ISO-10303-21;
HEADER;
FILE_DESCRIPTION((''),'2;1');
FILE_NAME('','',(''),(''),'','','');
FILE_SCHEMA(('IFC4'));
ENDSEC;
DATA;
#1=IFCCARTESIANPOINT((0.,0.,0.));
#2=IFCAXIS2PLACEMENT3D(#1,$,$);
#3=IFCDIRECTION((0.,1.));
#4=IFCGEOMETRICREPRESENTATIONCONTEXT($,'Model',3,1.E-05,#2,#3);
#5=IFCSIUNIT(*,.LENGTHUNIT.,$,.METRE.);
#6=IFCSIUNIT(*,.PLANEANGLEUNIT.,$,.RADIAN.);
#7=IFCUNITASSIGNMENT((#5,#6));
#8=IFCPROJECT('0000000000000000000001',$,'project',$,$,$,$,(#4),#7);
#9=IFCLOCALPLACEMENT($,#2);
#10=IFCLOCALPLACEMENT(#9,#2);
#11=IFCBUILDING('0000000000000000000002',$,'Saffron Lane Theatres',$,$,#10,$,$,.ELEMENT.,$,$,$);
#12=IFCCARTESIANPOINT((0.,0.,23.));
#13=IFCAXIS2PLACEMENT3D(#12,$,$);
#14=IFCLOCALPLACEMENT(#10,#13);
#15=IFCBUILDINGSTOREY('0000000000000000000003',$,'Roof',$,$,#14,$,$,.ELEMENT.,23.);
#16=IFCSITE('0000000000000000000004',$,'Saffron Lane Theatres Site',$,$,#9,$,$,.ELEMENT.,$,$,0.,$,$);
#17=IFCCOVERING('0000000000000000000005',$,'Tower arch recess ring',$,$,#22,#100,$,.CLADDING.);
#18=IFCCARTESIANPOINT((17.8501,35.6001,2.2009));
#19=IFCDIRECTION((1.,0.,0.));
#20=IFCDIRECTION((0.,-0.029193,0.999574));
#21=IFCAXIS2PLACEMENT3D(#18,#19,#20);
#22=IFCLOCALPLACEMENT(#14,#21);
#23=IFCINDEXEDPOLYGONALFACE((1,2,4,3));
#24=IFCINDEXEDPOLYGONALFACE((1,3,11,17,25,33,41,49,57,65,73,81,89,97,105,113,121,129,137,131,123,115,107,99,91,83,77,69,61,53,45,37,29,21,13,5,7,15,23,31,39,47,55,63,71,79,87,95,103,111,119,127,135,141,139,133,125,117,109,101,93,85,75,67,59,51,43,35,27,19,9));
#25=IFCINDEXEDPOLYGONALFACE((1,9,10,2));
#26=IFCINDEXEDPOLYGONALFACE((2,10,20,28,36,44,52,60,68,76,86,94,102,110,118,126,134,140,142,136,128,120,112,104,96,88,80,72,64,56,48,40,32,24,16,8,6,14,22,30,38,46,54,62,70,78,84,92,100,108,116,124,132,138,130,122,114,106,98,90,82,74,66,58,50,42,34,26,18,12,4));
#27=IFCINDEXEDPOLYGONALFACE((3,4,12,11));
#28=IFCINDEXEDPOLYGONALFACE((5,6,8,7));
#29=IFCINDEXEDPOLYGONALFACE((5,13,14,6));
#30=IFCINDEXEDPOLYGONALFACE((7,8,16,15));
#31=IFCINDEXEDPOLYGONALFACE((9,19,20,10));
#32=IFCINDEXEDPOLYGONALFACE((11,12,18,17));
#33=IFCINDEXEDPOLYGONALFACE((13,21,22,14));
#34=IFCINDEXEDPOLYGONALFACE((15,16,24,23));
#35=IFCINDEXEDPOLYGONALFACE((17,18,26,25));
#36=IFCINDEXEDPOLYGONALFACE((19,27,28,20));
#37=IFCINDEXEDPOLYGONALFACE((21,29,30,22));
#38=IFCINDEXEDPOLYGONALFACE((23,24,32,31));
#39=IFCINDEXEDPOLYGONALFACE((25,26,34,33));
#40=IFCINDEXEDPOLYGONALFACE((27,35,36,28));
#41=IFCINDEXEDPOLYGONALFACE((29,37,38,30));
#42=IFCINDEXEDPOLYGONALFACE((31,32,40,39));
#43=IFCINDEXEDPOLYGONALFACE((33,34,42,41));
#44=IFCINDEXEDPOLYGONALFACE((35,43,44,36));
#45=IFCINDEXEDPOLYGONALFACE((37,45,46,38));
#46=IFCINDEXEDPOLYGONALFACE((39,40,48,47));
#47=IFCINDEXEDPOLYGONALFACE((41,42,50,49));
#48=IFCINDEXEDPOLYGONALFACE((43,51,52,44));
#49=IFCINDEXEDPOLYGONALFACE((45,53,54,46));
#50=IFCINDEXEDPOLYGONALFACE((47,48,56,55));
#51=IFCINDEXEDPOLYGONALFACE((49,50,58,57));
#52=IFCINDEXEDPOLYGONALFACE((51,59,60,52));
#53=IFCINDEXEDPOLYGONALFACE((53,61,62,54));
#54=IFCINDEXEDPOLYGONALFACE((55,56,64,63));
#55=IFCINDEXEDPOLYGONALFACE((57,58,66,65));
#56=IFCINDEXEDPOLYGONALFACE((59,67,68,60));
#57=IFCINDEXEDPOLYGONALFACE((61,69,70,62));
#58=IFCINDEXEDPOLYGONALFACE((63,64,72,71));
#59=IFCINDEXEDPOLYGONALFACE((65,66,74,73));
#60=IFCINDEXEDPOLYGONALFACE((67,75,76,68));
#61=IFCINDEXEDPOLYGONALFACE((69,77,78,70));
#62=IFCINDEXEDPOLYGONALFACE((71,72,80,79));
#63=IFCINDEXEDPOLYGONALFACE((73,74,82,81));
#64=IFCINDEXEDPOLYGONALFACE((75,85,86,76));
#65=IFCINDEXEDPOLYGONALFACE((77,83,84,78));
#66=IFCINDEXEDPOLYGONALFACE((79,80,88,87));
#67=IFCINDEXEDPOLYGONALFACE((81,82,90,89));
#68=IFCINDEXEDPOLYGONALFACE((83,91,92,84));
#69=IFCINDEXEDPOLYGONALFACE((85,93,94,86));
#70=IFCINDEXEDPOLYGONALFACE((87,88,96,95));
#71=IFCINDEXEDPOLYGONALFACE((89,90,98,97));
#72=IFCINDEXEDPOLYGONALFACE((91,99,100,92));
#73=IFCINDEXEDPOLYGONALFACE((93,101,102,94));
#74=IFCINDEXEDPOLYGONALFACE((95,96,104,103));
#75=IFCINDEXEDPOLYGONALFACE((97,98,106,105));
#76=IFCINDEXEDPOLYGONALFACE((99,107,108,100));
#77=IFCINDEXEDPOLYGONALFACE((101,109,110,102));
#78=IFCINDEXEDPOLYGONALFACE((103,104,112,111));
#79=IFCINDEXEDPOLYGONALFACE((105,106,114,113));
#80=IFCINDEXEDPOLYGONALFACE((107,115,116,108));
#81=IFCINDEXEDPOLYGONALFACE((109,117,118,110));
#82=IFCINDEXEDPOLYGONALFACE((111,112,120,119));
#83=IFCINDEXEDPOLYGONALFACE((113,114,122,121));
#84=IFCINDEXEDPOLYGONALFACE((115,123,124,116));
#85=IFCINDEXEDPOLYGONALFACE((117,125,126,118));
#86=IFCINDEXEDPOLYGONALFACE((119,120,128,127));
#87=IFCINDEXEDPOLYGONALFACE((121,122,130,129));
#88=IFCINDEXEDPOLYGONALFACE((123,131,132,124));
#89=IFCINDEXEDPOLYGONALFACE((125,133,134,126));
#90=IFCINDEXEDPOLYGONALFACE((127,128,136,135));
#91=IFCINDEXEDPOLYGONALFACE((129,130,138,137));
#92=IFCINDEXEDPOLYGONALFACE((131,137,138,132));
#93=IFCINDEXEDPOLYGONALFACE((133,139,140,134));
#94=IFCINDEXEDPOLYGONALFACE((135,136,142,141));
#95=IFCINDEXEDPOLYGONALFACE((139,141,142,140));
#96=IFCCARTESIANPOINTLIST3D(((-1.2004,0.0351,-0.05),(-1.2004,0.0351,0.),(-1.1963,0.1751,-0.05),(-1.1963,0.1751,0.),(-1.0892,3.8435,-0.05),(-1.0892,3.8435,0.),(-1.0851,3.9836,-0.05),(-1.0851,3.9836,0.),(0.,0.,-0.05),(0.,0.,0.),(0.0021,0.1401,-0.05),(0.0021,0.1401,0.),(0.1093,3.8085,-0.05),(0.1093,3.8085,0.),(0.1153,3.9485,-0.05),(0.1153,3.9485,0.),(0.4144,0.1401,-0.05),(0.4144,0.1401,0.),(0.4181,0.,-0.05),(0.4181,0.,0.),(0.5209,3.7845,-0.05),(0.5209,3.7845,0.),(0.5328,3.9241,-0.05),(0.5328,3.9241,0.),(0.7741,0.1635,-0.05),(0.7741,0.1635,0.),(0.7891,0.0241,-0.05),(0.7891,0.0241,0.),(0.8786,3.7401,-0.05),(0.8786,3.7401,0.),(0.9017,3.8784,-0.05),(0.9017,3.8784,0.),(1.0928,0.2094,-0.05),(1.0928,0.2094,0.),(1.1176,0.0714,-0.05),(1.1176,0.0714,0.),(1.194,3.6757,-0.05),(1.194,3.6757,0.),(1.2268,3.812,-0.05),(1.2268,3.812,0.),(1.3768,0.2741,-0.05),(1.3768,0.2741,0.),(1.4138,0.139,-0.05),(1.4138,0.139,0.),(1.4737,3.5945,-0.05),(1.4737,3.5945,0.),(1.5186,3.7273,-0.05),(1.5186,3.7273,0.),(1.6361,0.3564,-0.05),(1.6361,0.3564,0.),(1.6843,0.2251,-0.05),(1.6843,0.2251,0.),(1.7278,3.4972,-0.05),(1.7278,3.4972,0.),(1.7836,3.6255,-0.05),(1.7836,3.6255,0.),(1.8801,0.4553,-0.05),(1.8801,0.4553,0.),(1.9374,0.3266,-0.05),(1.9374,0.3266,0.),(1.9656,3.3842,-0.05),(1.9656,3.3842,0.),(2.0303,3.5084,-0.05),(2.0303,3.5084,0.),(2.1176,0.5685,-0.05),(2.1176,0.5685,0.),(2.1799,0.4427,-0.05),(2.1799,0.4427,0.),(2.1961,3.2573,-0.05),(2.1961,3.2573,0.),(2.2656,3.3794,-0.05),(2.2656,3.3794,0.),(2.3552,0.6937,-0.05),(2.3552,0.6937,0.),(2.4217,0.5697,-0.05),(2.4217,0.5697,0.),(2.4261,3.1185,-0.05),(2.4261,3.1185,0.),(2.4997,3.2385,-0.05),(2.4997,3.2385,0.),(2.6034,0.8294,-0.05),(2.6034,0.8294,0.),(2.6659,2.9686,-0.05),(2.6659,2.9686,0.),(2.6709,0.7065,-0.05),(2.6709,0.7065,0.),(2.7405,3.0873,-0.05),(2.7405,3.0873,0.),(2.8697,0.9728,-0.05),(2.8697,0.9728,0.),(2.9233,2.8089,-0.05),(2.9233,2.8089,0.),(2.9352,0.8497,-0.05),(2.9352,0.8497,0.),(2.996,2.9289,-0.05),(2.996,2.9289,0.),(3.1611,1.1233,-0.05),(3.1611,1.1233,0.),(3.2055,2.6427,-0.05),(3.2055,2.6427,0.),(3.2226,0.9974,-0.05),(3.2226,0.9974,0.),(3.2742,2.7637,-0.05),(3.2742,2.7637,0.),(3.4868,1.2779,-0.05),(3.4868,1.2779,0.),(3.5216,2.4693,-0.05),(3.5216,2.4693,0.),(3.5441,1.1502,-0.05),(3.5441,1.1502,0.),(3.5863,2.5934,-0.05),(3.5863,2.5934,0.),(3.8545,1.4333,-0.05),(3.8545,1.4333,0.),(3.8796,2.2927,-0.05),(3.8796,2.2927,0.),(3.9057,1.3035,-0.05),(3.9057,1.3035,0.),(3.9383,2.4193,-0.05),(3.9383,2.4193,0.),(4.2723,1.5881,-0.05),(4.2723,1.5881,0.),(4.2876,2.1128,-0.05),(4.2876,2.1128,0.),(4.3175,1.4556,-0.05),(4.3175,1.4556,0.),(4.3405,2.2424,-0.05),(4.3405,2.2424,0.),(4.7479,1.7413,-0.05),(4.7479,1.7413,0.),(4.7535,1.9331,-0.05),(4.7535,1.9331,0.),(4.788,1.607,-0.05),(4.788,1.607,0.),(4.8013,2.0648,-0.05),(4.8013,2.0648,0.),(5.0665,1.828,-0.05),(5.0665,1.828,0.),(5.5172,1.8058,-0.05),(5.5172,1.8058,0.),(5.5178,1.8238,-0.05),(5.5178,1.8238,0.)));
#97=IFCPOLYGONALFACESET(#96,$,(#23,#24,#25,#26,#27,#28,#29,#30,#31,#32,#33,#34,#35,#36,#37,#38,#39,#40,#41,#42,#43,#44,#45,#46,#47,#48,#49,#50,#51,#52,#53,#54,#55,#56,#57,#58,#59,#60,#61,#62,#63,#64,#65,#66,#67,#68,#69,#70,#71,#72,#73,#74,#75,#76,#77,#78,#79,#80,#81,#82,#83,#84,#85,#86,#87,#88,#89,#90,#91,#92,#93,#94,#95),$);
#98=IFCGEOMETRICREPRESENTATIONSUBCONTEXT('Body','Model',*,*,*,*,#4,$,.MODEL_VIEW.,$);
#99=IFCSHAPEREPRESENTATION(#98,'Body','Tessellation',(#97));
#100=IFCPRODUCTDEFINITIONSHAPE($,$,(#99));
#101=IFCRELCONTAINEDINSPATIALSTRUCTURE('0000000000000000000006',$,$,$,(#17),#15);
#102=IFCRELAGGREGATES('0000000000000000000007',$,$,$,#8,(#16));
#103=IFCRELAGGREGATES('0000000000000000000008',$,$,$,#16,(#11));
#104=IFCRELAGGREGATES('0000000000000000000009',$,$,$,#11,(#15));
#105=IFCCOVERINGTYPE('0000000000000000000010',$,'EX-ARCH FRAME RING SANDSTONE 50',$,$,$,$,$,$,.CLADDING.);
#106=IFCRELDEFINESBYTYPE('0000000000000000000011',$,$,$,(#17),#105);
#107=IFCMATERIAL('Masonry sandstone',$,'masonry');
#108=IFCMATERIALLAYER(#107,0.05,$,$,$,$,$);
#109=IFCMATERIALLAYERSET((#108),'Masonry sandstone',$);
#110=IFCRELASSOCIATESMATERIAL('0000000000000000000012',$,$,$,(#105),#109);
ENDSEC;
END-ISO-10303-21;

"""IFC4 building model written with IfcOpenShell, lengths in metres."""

from ifc_helpers import new_model, si_unit, direction, frame, origin, place, context, subcontext, project, spatial, polyline, outline, extrude, material, layer, layer_set, type_object, element, save


model = new_model("IFC4")

# Units and contexts
model_context = context("Model", 3, precision=1e-05, world=origin(), true_north=direction((0.0, 1.0)))
body_context = subcontext(model_context, "Body", "Model", "MODEL_VIEW")
ifc_project = project(units=[si_unit("LENGTHUNIT", "METRE"), si_unit("PLANEANGLEUNIT", "RADIAN")], contexts=[model_context])

# Site, building, storey
site_placement = place(None, origin())
site = spatial("IfcSite", under=ifc_project, at=site_placement, Name="Saffron Lane Theatres Site", CompositionType="ELEMENT", RefElevation=0.0)
building_placement = place(site_placement, origin())
building = spatial("IfcBuilding", under=site, at=building_placement, Name="Saffron Lane Theatres", CompositionType="ELEMENT")
storey_placement = place(building_placement, frame((0.0, 0.0, 23.0)))
storey = spatial("IfcBuildingStorey", under=building, at=storey_placement, Name="Roof", CompositionType="ELEMENT", Elevation=23.0)

# Covering
ifc_material_1 = material(Name="Masonry sandstone", Category="masonry")
ifc_layer_1 = layer(ifc_material_1, 0.05)
ifc_layer_set_1 = layer_set([ifc_layer_1], Name="Masonry sandstone")
covering_type_1 = type_object("IfcCoveringType", Name="EX-ARCH FRAME RING SANDSTONE 50", PredefinedType="CLADDING", material=ifc_layer_set_1)
covering_1_placement = place(storey_placement, frame((17.8501, 35.6001, 2.2009), z_axis=(1.0, 0.0, 0.0), x_axis=(0.0, -0.029193, 0.999574)))
element("IfcCovering", 1, at=covering_1_placement, inside=storey, type_object=covering_type_1, Name="Tower arch recess ring", PredefinedType="CLADDING", context=body_context, shape_type="SweptSolid", body=[
    extrude(outline(polyline([(0.0, 0.0), (0.4181, 0.0), (0.7891, 0.0241), (1.1176, 0.0714), (1.4138, 0.139), (1.6843, 0.2251), (1.9374, 0.3266), (2.1799, 0.4427), (2.4217, 0.5697), (2.6709, 0.7065), (2.9352, 0.8497), (3.2226, 0.9974), (3.5441, 1.1502), (3.9057, 1.3035), (4.3175, 1.4556), (4.788, 1.607), (5.5172, 1.8058), (5.5178, 1.8238), (4.8013, 2.0648), (4.3405, 2.2424), (3.9383, 2.4193), (3.5863, 2.5934), (3.2742, 2.7637), (2.996, 2.9289), (2.7405, 3.0873), (2.4997, 3.2385), (2.2656, 3.3794), (2.0303, 3.5084), (1.7836, 3.6255), (1.5186, 3.7273), (1.2268, 3.812), (0.9017, 3.8784), (0.5328, 3.9241), (0.1153, 3.9485), (-1.0851, 3.9836), (-1.0892, 3.8435), (0.1093, 3.8085), (0.5209, 3.7845), (0.8786, 3.7401), (1.194, 3.6757), (1.4737, 3.5945), (1.7278, 3.4972), (1.9656, 3.3842), (2.1961, 3.2573), (2.4261, 3.1185), (2.6659, 2.9686), (2.9233, 2.8089), (3.2055, 2.6427), (3.5216, 2.4693), (3.8796, 2.2927), (4.2876, 2.1128), (4.7535, 1.9331), (5.0665, 1.828), (4.7479, 1.7413), (4.2723, 1.5881), (3.8545, 1.4333), (3.4868, 1.2779), (3.1611, 1.1233), (2.8697, 0.9728), (2.6034, 0.8294), (2.3552, 0.6937), (2.1176, 0.5685), (1.8801, 0.4553), (1.6361, 0.3564), (1.3768, 0.2741), (1.0928, 0.2094), (0.7741, 0.1635), (0.4144, 0.1401), (0.0021, 0.1401), (-1.1963, 0.1751), (-1.2004, 0.0351), (0.0, 0.0)])), origin(), (0.0, 0.0, -1.0), 0.05),
])

save(model, "model.ifc")
